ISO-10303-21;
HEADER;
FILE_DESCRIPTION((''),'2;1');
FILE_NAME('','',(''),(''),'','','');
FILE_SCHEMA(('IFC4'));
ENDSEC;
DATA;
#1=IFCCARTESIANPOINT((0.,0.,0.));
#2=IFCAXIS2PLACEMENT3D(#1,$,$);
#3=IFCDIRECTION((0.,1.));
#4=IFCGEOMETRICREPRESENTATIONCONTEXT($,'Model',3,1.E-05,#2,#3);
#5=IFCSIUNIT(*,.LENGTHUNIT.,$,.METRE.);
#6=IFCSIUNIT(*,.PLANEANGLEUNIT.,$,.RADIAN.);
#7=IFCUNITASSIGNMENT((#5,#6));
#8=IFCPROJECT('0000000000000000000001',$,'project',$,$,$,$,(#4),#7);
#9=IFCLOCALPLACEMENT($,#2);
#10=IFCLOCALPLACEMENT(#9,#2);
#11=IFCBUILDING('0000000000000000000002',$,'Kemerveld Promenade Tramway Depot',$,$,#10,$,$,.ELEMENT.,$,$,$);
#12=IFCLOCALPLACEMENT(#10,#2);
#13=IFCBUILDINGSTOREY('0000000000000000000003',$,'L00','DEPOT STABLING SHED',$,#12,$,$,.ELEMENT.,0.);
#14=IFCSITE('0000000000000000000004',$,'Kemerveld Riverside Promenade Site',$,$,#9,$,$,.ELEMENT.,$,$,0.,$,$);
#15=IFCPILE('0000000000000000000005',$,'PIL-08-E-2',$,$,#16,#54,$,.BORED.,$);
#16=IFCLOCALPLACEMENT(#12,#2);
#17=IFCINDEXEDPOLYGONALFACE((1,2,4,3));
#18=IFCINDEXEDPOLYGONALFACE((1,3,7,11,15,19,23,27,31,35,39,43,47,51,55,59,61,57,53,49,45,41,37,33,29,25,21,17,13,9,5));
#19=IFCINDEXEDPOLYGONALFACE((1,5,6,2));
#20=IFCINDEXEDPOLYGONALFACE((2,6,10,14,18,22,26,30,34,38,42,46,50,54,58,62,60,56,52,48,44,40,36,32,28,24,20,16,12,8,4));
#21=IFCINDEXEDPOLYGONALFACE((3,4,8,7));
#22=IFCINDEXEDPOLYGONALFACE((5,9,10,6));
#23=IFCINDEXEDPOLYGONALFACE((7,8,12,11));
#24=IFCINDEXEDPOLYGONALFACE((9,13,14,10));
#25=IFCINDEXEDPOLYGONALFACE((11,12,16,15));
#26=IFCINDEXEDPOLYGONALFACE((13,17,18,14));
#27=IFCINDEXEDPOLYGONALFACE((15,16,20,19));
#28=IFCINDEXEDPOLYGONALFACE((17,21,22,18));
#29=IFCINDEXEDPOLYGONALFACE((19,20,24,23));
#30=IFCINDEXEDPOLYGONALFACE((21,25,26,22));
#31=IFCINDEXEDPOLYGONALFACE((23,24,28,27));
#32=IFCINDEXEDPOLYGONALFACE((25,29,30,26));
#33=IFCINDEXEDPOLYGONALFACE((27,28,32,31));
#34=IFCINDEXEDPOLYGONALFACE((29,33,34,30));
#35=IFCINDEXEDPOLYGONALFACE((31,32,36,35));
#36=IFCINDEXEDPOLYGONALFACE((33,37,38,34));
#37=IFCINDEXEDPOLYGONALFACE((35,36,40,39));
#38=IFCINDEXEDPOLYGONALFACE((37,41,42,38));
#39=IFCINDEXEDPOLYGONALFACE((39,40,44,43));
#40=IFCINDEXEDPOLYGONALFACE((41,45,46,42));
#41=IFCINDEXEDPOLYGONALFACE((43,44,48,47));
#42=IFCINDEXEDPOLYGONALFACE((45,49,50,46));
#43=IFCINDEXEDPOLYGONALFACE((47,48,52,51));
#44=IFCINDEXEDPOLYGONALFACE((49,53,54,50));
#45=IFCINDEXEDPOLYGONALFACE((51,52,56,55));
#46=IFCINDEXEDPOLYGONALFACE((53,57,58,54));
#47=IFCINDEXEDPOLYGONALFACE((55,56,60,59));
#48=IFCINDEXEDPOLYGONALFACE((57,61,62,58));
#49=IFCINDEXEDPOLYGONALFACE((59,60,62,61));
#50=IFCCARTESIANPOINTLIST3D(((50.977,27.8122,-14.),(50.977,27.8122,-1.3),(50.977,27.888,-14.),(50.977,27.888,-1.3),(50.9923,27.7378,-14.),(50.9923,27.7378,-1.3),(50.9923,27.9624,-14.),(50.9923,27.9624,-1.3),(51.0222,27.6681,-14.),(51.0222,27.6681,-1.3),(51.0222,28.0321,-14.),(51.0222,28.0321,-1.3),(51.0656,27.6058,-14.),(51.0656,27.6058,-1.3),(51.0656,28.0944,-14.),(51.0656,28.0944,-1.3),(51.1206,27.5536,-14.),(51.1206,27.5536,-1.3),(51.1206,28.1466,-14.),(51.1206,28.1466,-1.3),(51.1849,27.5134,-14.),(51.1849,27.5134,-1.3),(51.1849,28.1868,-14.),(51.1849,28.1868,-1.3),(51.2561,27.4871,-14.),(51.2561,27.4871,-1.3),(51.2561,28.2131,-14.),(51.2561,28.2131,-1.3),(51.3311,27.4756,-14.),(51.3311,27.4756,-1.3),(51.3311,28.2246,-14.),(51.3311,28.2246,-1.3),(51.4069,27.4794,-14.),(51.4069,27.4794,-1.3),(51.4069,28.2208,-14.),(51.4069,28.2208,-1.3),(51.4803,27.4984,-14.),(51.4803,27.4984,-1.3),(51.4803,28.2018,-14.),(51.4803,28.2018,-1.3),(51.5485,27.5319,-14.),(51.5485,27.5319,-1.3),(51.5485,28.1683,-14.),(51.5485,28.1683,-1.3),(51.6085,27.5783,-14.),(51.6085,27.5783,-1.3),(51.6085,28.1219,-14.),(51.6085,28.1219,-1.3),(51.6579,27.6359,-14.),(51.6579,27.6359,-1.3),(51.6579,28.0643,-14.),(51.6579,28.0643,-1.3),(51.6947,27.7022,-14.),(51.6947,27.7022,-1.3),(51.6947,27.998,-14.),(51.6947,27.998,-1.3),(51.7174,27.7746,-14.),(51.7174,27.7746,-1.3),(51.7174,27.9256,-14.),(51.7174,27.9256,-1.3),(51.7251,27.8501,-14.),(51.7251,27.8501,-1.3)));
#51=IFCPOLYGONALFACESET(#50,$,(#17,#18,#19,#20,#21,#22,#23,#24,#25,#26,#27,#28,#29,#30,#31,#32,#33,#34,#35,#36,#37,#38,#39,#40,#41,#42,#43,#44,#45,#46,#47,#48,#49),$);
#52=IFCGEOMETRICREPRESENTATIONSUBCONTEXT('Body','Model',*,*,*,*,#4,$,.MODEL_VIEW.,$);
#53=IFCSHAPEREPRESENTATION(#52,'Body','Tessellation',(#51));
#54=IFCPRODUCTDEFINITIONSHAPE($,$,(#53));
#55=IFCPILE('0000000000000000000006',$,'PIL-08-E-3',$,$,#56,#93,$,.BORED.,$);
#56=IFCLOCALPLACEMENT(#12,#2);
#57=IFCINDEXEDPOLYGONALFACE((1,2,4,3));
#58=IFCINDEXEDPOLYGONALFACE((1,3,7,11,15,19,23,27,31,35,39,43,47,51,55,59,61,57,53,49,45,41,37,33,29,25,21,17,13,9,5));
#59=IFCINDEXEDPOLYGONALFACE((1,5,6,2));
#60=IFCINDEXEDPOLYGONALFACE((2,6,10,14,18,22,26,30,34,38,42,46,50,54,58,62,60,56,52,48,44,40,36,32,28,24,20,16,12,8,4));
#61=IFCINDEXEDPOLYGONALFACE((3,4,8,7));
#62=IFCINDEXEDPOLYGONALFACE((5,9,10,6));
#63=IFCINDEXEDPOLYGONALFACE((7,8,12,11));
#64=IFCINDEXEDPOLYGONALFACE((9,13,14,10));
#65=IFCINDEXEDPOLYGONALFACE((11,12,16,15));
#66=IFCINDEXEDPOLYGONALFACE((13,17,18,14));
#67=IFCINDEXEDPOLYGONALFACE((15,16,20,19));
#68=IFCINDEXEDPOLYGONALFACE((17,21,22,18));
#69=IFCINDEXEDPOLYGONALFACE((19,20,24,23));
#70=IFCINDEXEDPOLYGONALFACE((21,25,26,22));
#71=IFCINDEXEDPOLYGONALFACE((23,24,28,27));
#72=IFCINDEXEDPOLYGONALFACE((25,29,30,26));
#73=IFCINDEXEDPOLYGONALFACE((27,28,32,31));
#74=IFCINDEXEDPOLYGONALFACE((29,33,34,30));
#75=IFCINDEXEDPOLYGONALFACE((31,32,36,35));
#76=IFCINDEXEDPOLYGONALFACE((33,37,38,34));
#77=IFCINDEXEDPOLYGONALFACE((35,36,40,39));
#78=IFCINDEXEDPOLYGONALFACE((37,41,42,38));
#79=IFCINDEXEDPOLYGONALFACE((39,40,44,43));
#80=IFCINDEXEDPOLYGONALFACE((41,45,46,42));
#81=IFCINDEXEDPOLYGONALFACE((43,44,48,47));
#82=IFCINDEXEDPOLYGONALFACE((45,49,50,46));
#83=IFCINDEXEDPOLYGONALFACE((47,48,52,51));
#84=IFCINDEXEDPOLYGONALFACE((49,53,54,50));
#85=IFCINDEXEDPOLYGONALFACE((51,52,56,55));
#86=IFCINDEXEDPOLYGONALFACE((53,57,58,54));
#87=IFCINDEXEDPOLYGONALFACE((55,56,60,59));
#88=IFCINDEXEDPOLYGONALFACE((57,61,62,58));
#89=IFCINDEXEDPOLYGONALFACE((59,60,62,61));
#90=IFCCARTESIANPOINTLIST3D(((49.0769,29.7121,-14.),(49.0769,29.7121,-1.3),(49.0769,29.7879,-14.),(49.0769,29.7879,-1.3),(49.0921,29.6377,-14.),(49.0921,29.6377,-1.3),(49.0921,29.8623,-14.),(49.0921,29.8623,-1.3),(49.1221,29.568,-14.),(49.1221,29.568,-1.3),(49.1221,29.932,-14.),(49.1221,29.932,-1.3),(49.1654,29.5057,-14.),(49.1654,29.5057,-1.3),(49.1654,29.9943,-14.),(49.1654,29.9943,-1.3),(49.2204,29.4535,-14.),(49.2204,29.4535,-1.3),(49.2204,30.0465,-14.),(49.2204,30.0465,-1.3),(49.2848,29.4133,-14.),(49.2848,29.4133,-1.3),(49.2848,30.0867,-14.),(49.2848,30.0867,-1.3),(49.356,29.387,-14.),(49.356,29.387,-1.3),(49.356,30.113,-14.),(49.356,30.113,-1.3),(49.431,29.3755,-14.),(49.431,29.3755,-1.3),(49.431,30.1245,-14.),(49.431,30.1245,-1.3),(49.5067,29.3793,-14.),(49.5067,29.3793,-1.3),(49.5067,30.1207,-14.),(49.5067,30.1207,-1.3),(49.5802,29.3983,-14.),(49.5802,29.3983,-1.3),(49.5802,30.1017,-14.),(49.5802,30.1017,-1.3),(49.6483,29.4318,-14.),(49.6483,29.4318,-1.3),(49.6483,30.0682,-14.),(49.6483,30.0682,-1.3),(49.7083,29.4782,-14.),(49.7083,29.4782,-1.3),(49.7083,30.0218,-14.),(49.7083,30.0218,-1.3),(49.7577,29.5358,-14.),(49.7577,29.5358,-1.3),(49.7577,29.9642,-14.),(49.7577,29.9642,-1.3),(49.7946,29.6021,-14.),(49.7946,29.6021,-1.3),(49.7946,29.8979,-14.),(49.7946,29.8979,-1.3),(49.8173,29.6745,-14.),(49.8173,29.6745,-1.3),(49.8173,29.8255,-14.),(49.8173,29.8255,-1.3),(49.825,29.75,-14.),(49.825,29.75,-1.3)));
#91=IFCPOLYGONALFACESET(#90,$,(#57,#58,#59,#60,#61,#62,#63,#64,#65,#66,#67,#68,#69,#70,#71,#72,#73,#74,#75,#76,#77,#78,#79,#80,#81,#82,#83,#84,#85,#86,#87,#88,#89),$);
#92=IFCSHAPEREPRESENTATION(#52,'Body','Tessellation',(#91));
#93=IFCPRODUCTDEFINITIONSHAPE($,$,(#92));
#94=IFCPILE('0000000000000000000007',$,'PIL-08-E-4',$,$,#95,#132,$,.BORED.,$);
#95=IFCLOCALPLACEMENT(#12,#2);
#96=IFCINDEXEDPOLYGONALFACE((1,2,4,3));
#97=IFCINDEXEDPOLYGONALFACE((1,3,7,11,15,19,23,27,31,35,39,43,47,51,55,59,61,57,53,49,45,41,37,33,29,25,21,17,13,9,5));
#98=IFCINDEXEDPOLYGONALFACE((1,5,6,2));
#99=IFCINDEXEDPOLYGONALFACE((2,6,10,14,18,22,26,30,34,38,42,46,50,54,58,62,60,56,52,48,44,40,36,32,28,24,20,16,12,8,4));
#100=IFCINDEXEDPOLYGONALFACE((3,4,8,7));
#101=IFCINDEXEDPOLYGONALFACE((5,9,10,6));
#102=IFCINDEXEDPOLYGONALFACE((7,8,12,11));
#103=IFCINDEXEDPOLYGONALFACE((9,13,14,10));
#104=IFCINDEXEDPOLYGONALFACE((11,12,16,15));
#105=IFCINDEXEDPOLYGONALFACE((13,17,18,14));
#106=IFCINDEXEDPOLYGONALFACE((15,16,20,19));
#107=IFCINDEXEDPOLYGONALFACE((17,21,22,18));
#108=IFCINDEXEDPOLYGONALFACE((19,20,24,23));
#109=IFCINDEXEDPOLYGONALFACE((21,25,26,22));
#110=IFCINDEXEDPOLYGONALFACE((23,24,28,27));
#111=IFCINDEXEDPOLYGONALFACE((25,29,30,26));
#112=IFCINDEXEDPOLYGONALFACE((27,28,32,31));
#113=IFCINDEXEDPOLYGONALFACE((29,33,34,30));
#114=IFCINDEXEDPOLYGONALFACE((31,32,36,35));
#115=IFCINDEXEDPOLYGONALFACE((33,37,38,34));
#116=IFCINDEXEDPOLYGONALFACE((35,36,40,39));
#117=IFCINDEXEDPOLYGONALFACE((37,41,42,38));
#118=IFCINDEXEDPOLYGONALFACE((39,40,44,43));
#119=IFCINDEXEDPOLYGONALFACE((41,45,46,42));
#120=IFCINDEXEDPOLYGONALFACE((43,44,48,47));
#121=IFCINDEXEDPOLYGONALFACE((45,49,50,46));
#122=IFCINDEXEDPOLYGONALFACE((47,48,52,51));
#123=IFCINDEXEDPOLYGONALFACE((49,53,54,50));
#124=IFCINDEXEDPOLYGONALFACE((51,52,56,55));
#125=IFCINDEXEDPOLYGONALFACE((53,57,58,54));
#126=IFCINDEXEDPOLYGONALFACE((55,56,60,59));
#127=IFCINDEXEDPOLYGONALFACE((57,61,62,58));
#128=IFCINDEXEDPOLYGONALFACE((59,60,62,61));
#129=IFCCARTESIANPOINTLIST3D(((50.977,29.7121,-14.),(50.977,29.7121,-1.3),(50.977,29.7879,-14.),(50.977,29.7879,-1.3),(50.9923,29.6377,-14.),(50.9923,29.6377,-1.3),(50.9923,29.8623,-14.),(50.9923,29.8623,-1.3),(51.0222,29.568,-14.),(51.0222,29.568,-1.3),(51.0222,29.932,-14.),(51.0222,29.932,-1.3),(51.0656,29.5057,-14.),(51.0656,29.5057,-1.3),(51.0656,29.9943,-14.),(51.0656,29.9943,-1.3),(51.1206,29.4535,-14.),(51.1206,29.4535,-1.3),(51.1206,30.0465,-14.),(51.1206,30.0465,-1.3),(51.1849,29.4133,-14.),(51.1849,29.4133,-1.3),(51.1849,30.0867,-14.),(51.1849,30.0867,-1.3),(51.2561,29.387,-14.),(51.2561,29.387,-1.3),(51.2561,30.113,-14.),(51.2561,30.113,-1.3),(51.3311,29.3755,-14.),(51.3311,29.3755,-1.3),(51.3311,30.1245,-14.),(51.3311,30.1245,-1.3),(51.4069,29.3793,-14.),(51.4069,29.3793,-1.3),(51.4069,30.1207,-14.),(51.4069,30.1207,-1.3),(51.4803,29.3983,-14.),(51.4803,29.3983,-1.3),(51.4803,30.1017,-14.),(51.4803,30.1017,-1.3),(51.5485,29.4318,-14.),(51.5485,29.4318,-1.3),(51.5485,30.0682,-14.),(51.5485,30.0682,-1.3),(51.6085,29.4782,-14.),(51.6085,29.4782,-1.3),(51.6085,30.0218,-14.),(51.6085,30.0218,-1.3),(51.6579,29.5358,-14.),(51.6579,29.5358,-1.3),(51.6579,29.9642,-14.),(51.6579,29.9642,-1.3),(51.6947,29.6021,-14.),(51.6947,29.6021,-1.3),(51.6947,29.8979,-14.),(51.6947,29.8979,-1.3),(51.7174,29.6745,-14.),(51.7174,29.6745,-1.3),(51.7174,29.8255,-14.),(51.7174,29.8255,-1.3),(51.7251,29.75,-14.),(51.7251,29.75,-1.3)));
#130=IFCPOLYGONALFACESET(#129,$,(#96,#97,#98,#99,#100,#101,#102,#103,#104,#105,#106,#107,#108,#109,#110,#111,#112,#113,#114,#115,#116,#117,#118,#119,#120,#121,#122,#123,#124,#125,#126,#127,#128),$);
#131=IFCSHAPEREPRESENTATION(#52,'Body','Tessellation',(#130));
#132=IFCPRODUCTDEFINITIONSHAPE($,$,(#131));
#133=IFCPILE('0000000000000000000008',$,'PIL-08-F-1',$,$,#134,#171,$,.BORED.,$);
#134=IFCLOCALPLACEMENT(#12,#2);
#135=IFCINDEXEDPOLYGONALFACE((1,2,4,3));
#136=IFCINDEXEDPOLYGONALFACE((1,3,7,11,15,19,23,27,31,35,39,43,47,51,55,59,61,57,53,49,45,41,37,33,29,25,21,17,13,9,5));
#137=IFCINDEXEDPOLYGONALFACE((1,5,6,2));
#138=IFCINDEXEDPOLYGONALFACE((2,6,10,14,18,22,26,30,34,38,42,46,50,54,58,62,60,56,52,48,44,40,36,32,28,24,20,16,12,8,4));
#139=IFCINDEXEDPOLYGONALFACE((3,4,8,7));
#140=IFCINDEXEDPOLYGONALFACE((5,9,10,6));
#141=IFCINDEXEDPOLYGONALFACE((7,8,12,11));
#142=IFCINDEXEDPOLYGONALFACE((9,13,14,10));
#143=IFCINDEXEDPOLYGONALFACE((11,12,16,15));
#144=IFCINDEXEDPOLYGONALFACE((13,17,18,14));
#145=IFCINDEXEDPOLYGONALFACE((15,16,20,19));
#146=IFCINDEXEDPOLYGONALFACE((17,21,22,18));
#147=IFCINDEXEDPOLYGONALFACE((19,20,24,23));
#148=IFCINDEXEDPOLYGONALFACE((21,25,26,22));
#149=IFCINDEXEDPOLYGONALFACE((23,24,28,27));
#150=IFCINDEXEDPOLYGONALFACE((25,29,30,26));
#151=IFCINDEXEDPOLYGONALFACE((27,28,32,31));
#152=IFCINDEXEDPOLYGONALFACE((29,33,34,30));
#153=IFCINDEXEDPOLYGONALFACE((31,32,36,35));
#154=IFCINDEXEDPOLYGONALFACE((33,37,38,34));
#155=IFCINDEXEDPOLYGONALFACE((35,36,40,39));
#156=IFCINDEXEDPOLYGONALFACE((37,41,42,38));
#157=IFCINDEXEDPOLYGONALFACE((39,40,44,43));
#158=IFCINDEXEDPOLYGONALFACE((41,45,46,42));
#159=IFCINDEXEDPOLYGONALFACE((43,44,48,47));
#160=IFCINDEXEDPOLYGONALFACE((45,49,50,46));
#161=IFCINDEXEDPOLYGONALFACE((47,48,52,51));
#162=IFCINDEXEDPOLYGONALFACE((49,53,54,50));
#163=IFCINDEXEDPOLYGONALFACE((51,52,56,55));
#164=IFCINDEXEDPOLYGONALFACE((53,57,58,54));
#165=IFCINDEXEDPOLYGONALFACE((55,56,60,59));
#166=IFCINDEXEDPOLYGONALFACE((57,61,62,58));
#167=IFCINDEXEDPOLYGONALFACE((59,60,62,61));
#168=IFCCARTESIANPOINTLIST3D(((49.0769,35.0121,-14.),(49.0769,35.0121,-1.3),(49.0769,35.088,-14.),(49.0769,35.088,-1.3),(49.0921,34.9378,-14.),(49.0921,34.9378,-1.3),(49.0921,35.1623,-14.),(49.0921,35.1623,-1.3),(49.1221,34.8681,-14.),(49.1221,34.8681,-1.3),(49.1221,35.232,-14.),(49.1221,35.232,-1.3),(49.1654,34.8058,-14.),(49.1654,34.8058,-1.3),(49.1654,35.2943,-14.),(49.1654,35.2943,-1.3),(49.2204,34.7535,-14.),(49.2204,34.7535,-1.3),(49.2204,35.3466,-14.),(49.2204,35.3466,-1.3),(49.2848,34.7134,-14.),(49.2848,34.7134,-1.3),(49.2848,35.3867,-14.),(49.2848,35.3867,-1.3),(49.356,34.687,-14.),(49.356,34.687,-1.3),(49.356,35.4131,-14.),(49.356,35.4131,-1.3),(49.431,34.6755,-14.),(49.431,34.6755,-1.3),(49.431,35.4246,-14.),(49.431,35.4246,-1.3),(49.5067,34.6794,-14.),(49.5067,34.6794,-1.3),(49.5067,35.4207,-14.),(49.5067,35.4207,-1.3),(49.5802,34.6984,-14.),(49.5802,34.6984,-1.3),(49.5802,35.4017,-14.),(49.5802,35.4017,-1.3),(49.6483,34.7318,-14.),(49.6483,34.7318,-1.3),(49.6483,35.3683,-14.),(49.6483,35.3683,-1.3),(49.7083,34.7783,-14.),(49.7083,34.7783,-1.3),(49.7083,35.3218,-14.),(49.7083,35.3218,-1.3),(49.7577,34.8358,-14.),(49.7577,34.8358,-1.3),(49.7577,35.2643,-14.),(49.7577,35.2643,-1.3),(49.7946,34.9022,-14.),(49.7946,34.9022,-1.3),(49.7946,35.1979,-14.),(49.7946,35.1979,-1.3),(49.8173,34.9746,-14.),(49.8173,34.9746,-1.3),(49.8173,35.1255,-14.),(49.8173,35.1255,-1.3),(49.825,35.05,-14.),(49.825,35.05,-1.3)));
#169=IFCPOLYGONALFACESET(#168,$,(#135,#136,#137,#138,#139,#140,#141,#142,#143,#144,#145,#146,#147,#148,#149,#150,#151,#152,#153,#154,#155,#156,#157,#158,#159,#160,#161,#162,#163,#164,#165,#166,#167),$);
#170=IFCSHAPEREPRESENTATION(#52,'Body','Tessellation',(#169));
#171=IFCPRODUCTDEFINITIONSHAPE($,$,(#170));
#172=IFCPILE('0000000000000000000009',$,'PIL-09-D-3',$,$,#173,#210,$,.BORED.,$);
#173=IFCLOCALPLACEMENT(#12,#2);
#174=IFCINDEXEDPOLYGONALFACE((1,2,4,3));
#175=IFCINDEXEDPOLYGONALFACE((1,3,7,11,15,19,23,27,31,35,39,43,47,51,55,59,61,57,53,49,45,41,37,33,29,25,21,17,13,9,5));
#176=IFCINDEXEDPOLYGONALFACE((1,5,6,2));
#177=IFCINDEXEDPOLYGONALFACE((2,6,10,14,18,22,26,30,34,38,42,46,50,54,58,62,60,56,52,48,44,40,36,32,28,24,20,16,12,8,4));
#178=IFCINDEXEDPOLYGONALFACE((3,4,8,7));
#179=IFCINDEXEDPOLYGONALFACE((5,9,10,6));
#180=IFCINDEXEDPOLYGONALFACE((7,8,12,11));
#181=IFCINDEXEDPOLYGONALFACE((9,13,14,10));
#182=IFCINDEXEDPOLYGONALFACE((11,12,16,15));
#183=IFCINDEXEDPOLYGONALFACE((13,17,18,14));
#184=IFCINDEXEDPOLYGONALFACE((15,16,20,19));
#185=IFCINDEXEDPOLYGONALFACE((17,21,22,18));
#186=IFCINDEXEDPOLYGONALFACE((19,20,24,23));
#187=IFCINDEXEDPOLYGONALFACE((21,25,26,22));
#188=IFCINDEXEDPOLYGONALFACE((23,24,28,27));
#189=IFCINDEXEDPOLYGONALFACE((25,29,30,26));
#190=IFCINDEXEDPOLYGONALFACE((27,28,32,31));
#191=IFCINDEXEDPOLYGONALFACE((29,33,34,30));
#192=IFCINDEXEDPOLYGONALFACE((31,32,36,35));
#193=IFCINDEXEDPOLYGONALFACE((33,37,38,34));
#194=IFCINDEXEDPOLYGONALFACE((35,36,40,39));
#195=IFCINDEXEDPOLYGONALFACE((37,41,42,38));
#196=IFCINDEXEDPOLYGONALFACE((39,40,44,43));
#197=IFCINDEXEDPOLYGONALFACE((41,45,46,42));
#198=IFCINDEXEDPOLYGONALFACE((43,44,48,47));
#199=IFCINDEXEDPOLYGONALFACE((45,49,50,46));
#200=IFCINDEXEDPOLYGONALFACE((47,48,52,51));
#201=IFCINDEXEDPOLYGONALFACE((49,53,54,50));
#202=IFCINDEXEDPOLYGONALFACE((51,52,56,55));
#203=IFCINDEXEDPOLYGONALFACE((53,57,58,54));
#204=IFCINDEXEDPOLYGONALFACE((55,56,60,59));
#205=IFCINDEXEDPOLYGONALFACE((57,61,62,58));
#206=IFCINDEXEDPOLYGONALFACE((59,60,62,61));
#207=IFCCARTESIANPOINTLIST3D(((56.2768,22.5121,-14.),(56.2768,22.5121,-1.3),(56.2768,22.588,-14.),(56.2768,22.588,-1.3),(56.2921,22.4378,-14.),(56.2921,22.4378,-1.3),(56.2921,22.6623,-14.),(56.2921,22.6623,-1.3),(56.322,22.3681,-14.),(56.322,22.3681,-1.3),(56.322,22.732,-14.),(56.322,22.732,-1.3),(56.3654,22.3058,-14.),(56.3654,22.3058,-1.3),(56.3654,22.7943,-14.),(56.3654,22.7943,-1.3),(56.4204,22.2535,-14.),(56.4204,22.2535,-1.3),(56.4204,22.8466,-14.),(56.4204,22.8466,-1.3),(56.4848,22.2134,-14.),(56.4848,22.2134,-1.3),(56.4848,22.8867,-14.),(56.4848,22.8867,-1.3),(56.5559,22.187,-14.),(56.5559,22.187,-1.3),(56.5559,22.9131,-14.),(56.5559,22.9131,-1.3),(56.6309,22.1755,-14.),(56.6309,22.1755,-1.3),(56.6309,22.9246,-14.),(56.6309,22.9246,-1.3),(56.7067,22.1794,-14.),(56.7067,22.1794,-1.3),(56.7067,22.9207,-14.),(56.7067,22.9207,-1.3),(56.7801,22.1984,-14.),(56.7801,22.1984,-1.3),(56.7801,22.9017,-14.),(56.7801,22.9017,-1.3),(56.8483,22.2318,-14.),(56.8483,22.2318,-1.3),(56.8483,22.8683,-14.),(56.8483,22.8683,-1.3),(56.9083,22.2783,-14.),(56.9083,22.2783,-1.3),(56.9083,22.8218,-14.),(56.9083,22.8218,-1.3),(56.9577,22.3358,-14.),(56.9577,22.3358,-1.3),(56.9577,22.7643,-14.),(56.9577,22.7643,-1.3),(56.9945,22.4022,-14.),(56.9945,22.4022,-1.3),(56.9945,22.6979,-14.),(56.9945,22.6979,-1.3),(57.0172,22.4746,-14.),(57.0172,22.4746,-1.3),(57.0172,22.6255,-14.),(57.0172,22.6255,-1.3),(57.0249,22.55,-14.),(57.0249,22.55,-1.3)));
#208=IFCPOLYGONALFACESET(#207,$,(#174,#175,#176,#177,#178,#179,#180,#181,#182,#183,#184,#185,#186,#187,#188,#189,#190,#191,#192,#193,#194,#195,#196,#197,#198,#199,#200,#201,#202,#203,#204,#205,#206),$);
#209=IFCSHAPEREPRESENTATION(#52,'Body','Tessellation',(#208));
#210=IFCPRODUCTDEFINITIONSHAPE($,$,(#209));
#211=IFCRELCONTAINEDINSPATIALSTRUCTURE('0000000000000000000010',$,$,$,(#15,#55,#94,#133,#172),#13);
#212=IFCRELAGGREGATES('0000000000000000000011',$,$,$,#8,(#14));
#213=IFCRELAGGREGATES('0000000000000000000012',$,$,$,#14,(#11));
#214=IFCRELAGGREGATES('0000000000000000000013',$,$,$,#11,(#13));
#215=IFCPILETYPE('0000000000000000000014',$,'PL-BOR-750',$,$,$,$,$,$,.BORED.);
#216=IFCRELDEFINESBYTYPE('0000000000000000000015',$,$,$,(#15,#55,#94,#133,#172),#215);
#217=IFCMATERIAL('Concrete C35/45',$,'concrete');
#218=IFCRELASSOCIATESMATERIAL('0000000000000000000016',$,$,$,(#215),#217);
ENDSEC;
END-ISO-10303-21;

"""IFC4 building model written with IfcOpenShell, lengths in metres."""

from ifc_helpers import new_model, si_unit, direction, frame, origin, origin_2d, place, context, subcontext, project, spatial, circle, extrude, material, material_profile, profile_set, type_object, element, save


model = new_model("IFC4")

# Units and contexts
model_context = context("Model", 3, precision=1e-05, world=origin(), true_north=direction((0.0, 1.0)))
body_context = subcontext(model_context, "Body", "Model", "MODEL_VIEW")
ifc_project = project(units=[si_unit("LENGTHUNIT", "METRE"), si_unit("PLANEANGLEUNIT", "RADIAN")], contexts=[model_context])

# Site, building, storey
site_placement = place(None, origin())
site = spatial("IfcSite", under=ifc_project, at=site_placement, Name="Kemerveld Riverside Promenade Site", CompositionType="ELEMENT", RefElevation=0.0)
building_placement = place(site_placement, origin())
building = spatial("IfcBuilding", under=site, at=building_placement, Name="Kemerveld Promenade Tramway Depot", CompositionType="ELEMENT")
storey_placement = place(building_placement, origin())
storey = spatial("IfcBuildingStorey", under=building, at=storey_placement, Name="L00", Description="DEPOT STABLING SHED", CompositionType="ELEMENT", Elevation=0.0)

# Shared definitions
ifc_material_1 = material(Name="Concrete C35/45", Category="concrete")

# Piles
ifc_material_profile_1 = material_profile(ifc_material_1, circle(Radius=0.375, at=origin_2d()), Name="PILE-D750")
ifc_profile_set_1 = profile_set([ifc_material_profile_1], Name="Concrete C35/45")
pile_type = type_object("IfcPileType", Name="PL-BOR-750", PredefinedType="BORED", material=ifc_profile_set_1)
for number, where, z_axis, x_axis, name in (
    (1, (51.3501, 27.8501, -1.3), (0.0, 0.0, -1.0), (1.0, 0.0, 0.0), "PIL-08-E-2"),
    (2, (49.45, 29.75, -1.3), (0.0, 0.0, -1.0), (1.0, 0.0, 0.0), "PIL-08-E-3"),
    (3, (51.3501, 29.75, -1.3), (0.0, 0.0, -1.0), (1.0, 0.0, 0.0), "PIL-08-E-4"),
    (4, (49.45, 35.05, -1.3), (0.0, 0.0, -1.0), (1.0, 0.0, 0.0), "PIL-08-F-1"),
    (5, (56.6499, 22.55, -1.3), (0.0, 0.0, -1.0), (1.0, 0.0, 0.0), "PIL-09-D-3"),
):
    element("IfcPile", number, at=place(storey_placement, frame(where, z_axis=z_axis, x_axis=x_axis)), inside=storey, type_object=pile_type, Name=name, PredefinedType="BORED", context=body_context, shape_type="SweptSolid", body=[
        extrude(circle(Radius=0.375, at=origin_2d()), origin(), (0.0, 0.0, 1.0), 12.7),
    ])

save(model, "model.ifc")
